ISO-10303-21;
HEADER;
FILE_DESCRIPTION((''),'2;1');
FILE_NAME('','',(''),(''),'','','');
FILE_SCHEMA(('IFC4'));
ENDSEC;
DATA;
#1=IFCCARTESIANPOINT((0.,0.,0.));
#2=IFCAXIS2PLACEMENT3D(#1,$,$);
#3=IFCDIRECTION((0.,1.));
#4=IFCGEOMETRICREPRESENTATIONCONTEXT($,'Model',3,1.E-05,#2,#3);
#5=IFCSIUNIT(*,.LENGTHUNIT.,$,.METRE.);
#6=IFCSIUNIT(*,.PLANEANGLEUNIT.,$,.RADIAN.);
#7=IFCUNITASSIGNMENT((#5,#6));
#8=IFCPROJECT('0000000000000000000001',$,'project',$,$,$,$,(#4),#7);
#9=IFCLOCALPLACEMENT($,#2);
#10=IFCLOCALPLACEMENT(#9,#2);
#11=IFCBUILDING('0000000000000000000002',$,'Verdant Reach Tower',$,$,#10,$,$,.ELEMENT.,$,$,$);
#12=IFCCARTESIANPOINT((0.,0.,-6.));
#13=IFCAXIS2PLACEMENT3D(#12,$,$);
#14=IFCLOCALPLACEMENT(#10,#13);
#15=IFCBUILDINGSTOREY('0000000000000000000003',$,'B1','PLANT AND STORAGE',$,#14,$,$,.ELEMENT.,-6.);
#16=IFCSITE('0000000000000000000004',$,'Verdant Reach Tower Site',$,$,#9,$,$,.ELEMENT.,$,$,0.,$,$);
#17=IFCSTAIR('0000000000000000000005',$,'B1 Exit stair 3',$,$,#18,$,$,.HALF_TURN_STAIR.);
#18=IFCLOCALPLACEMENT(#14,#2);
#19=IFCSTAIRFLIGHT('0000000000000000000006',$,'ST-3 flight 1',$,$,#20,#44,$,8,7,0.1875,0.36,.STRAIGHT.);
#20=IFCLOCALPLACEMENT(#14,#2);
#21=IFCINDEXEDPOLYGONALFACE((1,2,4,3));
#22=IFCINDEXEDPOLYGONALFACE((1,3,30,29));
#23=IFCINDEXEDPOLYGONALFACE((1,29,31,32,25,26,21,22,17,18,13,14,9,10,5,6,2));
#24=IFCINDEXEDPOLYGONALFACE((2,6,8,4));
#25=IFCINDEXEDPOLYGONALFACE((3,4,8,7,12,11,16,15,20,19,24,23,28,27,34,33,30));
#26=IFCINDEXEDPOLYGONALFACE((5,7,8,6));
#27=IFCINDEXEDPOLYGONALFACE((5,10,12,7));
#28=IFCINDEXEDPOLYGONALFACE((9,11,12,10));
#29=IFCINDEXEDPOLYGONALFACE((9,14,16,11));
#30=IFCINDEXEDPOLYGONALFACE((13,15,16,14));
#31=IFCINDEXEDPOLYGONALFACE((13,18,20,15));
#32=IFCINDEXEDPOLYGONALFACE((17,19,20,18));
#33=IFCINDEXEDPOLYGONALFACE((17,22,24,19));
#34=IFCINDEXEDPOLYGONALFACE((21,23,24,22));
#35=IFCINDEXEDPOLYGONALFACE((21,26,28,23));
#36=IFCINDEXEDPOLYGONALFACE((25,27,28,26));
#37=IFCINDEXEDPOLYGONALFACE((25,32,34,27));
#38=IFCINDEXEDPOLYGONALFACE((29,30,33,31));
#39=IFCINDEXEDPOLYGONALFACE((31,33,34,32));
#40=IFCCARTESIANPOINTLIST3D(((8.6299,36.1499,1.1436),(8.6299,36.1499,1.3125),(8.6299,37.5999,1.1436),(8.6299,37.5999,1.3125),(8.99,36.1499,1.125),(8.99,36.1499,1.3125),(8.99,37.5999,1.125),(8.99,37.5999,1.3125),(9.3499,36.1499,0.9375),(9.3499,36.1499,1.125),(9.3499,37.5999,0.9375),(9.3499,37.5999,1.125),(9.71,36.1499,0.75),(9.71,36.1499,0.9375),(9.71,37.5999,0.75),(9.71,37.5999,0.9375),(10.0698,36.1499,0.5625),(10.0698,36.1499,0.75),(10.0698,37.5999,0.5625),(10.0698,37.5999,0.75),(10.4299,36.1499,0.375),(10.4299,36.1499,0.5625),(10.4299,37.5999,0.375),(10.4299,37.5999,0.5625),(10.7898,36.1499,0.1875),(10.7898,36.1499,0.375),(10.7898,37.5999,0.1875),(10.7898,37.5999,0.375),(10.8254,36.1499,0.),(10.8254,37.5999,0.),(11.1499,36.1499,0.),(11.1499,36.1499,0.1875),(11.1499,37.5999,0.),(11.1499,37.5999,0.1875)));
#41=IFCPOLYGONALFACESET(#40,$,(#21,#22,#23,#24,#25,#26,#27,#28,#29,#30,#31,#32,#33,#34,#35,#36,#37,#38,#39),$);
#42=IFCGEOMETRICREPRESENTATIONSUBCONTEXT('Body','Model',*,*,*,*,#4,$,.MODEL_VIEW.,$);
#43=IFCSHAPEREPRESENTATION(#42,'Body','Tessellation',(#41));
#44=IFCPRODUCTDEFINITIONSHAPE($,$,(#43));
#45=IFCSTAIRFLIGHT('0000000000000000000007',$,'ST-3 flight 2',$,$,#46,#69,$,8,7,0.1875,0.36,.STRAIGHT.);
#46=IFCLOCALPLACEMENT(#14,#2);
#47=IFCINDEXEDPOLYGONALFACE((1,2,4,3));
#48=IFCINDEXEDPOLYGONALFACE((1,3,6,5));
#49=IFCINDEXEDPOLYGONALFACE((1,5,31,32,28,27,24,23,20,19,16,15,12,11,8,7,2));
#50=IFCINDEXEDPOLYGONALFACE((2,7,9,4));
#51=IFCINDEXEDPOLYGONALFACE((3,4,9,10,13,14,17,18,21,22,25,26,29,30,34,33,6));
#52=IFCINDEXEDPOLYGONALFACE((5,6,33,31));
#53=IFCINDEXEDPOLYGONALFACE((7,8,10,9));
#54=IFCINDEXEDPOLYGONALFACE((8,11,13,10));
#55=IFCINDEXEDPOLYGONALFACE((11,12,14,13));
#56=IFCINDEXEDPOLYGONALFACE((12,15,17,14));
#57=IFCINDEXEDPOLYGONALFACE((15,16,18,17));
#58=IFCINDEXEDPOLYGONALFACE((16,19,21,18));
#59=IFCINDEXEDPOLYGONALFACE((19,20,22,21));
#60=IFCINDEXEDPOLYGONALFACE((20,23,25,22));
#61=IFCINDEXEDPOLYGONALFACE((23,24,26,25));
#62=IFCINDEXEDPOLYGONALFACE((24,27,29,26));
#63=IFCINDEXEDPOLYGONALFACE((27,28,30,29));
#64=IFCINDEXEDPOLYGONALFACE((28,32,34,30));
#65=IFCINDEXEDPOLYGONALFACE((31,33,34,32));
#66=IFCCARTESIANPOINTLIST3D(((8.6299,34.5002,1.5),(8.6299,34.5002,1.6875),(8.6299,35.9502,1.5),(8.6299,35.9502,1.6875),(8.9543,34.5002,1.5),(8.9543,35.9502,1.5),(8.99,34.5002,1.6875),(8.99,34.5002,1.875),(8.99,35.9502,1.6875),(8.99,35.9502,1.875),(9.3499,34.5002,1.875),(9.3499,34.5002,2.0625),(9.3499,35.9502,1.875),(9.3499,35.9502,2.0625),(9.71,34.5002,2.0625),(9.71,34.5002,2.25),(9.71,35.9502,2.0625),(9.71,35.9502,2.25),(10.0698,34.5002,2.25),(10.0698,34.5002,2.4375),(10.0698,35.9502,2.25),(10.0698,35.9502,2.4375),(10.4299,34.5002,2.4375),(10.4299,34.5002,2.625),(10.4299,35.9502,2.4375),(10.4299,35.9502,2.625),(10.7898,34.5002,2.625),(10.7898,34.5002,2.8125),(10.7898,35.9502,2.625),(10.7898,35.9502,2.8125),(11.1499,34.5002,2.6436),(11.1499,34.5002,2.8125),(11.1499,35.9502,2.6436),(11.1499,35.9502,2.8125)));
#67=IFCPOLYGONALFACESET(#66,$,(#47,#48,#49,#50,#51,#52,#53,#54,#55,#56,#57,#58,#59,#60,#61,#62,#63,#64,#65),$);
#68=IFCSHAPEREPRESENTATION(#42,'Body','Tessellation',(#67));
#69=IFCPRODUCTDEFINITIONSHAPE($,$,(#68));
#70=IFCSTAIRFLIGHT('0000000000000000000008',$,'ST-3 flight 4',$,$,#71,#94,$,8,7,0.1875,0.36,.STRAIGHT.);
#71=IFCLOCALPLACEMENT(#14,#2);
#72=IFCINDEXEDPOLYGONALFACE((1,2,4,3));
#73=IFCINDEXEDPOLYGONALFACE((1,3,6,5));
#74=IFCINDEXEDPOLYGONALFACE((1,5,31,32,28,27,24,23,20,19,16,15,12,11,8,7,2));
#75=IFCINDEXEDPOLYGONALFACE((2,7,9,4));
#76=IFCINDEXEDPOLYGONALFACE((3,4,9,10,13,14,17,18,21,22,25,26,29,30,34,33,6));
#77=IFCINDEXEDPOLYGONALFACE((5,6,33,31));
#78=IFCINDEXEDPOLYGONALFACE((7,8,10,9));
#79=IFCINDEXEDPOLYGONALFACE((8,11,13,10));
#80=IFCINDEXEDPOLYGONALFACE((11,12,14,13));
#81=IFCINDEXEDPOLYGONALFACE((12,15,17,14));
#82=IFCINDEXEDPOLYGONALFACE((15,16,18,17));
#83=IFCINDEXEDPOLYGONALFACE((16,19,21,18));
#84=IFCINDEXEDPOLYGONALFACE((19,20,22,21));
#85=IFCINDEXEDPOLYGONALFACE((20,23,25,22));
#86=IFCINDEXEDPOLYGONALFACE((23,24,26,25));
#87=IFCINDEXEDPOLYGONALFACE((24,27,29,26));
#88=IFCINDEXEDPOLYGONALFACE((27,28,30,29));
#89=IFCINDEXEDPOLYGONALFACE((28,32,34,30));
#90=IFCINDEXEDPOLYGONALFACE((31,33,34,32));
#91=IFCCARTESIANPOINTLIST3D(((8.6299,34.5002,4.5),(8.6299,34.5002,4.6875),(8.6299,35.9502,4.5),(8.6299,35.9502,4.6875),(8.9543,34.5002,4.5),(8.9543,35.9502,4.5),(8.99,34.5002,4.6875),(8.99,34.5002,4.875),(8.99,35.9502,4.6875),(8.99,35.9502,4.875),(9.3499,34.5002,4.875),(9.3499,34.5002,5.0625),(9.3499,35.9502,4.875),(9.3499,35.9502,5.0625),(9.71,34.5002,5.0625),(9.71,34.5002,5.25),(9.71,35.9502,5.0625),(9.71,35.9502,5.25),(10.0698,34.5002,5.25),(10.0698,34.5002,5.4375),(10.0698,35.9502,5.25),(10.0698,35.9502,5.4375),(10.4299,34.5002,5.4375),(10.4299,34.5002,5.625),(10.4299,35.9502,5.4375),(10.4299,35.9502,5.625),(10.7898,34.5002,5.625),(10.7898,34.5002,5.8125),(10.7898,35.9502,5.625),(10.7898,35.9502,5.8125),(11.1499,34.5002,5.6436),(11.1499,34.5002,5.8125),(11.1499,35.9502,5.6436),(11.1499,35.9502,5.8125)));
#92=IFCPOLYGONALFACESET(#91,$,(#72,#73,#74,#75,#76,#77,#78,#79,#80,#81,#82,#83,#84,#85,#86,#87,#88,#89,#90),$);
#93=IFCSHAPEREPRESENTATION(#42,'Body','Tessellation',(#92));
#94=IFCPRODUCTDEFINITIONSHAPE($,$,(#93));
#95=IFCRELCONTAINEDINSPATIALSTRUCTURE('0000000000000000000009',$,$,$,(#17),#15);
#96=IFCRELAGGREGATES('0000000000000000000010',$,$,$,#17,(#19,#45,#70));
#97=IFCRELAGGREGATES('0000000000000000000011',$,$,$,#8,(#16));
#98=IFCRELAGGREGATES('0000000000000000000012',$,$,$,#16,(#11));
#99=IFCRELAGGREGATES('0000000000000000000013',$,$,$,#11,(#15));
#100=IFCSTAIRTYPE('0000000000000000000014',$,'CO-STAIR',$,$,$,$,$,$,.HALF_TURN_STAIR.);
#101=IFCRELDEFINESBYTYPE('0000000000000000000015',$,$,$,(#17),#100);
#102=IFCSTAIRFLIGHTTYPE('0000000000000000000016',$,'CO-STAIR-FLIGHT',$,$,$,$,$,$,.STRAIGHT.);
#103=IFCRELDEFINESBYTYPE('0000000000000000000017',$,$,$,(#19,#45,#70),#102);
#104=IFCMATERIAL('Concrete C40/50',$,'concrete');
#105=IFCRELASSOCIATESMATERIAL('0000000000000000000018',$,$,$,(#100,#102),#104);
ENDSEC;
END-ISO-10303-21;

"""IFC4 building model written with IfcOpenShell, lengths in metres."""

from ifc_helpers import new_model, si_unit, direction, frame, origin, place, context, subcontext, project, spatial, polyline, outline, extrude, material, type_object, element, aggregate, save


model = new_model("IFC4")

# Units and contexts
model_context = context("Model", 3, precision=1e-05, world=origin(), true_north=direction((0.0, 1.0)))
body_context = subcontext(model_context, "Body", "Model", "MODEL_VIEW")
ifc_project = project(units=[si_unit("LENGTHUNIT", "METRE"), si_unit("PLANEANGLEUNIT", "RADIAN")], contexts=[model_context])

# Site, building, storey
site_placement = place(None, origin())
site = spatial("IfcSite", under=ifc_project, at=site_placement, Name="Verdant Reach Tower Site", CompositionType="ELEMENT", RefElevation=0.0)
building_placement = place(site_placement, origin())
building = spatial("IfcBuilding", under=site, at=building_placement, Name="Verdant Reach Tower", CompositionType="ELEMENT")
storey_placement = place(building_placement, frame((0.0, 0.0, -6.0)))
storey = spatial("IfcBuildingStorey", under=building, at=storey_placement, Name="B1", Description="PLANT AND STORAGE", CompositionType="ELEMENT", Elevation=-6.0)

# Shared definitions
ifc_material_1 = material(Name="Concrete C40/50", Category="concrete")

# Stair, stair flights
stair_type = type_object("IfcStairType", Name="CO-STAIR", PredefinedType="HALF_TURN_STAIR", material=ifc_material_1)
stair_flight_type = type_object("IfcStairFlightType", Name="CO-STAIR-FLIGHT", PredefinedType="STRAIGHT", material=ifc_material_1)
stair_1_placement = place(storey_placement, origin())
stair_1 = element("IfcStair", 1, at=stair_1_placement, inside=storey, type_object=stair_type, Name="B1 Exit stair 3", PredefinedType="HALF_TURN_STAIR")
stair_flight_1_placement = place(storey_placement, frame((11.1499, 36.875, 0.0), z_axis=(0.0, 0.0, 1.0), x_axis=(-1.0, 0.0, 0.0)))
stair_flight_1 = element("IfcStairFlight", 2, at=stair_flight_1_placement, type_object=stair_flight_type, Name="ST-3 flight 1", NumberOfRisers=8, NumberOfTreads=7, PredefinedType="STRAIGHT", RiserHeight=0.1875, TreadLength=0.36, context=body_context, shape_type="SweptSolid", body=[
    extrude(outline(polyline([(0.0, 0.0), (0.0, 0.1875), (0.3601, 0.1875), (0.3601, 0.375), (0.72, 0.375), (0.72, 0.5625), (1.0801, 0.5625), (1.0801, 0.75), (1.4399, 0.75), (1.4399, 0.9375), (1.8, 0.9375), (1.8, 1.125), (2.1599, 1.125), (2.1599, 1.3125), (2.52, 1.3125), (2.52, 1.5), (2.52, 1.1436), (0.3245, 0.0), (0.0, 0.0)])), frame((0.0, 0.7251, 0.0), z_axis=(0.0, -1.0, 0.0), x_axis=(1.0, 0.0, 0.0)), (0.0, 0.0, 1.0), 1.45),
])
stair_flight_2_placement = place(storey_placement, frame((8.6299, 35.2251, 1.5), z_axis=(0.0, 0.0, 1.0), x_axis=(1.0, 0.0, 0.0)))
stair_flight_2 = element("IfcStairFlight", 3, at=stair_flight_2_placement, type_object=stair_flight_type, Name="ST-3 flight 2", NumberOfRisers=8, NumberOfTreads=7, PredefinedType="STRAIGHT", RiserHeight=0.1875, TreadLength=0.36, context=body_context, shape_type="SweptSolid", body=[
    extrude(outline(polyline([(0.0, 0.0), (0.0, 0.1875), (0.3601, 0.1875), (0.3601, 0.375), (0.72, 0.375), (0.72, 0.5625), (1.0801, 0.5625), (1.0801, 0.75), (1.4399, 0.75), (1.4399, 0.9375), (1.8, 0.9375), (1.8, 1.125), (2.1599, 1.125), (2.1599, 1.3125), (2.52, 1.3125), (2.52, 1.5), (2.52, 1.1436), (0.3245, 0.0), (0.0, 0.0)])), frame((0.0, 0.7251, 0.0), z_axis=(0.0, -1.0, 0.0), x_axis=(1.0, 0.0, 0.0)), (0.0, 0.0, 1.0), 1.45),
])
stair_flight_3_placement = place(storey_placement, frame((8.6299, 35.2251, 4.5), z_axis=(0.0, 0.0, 1.0), x_axis=(1.0, 0.0, 0.0)))
stair_flight_3 = element("IfcStairFlight", 4, at=stair_flight_3_placement, type_object=stair_flight_type, Name="ST-3 flight 4", NumberOfRisers=8, NumberOfTreads=7, PredefinedType="STRAIGHT", RiserHeight=0.1875, TreadLength=0.36, context=body_context, shape_type="SweptSolid", body=[
    extrude(outline(polyline([(0.0, 0.0), (0.0, 0.1875), (0.3601, 0.1875), (0.3601, 0.375), (0.72, 0.375), (0.72, 0.5625), (1.0801, 0.5625), (1.0801, 0.75), (1.4399, 0.75), (1.4399, 0.9375), (1.8, 0.9375), (1.8, 1.125), (2.1599, 1.125), (2.1599, 1.3125), (2.52, 1.3125), (2.52, 1.5), (2.52, 1.1436), (0.3245, 0.0), (0.0, 0.0)])), frame((0.0, 0.7251, 0.0), z_axis=(0.0, -1.0, 0.0), x_axis=(1.0, 0.0, 0.0)), (0.0, 0.0, 1.0), 1.45),
])
aggregate(stair_1, [stair_flight_1, stair_flight_2, stair_flight_3])

save(model, "model.ifc")
